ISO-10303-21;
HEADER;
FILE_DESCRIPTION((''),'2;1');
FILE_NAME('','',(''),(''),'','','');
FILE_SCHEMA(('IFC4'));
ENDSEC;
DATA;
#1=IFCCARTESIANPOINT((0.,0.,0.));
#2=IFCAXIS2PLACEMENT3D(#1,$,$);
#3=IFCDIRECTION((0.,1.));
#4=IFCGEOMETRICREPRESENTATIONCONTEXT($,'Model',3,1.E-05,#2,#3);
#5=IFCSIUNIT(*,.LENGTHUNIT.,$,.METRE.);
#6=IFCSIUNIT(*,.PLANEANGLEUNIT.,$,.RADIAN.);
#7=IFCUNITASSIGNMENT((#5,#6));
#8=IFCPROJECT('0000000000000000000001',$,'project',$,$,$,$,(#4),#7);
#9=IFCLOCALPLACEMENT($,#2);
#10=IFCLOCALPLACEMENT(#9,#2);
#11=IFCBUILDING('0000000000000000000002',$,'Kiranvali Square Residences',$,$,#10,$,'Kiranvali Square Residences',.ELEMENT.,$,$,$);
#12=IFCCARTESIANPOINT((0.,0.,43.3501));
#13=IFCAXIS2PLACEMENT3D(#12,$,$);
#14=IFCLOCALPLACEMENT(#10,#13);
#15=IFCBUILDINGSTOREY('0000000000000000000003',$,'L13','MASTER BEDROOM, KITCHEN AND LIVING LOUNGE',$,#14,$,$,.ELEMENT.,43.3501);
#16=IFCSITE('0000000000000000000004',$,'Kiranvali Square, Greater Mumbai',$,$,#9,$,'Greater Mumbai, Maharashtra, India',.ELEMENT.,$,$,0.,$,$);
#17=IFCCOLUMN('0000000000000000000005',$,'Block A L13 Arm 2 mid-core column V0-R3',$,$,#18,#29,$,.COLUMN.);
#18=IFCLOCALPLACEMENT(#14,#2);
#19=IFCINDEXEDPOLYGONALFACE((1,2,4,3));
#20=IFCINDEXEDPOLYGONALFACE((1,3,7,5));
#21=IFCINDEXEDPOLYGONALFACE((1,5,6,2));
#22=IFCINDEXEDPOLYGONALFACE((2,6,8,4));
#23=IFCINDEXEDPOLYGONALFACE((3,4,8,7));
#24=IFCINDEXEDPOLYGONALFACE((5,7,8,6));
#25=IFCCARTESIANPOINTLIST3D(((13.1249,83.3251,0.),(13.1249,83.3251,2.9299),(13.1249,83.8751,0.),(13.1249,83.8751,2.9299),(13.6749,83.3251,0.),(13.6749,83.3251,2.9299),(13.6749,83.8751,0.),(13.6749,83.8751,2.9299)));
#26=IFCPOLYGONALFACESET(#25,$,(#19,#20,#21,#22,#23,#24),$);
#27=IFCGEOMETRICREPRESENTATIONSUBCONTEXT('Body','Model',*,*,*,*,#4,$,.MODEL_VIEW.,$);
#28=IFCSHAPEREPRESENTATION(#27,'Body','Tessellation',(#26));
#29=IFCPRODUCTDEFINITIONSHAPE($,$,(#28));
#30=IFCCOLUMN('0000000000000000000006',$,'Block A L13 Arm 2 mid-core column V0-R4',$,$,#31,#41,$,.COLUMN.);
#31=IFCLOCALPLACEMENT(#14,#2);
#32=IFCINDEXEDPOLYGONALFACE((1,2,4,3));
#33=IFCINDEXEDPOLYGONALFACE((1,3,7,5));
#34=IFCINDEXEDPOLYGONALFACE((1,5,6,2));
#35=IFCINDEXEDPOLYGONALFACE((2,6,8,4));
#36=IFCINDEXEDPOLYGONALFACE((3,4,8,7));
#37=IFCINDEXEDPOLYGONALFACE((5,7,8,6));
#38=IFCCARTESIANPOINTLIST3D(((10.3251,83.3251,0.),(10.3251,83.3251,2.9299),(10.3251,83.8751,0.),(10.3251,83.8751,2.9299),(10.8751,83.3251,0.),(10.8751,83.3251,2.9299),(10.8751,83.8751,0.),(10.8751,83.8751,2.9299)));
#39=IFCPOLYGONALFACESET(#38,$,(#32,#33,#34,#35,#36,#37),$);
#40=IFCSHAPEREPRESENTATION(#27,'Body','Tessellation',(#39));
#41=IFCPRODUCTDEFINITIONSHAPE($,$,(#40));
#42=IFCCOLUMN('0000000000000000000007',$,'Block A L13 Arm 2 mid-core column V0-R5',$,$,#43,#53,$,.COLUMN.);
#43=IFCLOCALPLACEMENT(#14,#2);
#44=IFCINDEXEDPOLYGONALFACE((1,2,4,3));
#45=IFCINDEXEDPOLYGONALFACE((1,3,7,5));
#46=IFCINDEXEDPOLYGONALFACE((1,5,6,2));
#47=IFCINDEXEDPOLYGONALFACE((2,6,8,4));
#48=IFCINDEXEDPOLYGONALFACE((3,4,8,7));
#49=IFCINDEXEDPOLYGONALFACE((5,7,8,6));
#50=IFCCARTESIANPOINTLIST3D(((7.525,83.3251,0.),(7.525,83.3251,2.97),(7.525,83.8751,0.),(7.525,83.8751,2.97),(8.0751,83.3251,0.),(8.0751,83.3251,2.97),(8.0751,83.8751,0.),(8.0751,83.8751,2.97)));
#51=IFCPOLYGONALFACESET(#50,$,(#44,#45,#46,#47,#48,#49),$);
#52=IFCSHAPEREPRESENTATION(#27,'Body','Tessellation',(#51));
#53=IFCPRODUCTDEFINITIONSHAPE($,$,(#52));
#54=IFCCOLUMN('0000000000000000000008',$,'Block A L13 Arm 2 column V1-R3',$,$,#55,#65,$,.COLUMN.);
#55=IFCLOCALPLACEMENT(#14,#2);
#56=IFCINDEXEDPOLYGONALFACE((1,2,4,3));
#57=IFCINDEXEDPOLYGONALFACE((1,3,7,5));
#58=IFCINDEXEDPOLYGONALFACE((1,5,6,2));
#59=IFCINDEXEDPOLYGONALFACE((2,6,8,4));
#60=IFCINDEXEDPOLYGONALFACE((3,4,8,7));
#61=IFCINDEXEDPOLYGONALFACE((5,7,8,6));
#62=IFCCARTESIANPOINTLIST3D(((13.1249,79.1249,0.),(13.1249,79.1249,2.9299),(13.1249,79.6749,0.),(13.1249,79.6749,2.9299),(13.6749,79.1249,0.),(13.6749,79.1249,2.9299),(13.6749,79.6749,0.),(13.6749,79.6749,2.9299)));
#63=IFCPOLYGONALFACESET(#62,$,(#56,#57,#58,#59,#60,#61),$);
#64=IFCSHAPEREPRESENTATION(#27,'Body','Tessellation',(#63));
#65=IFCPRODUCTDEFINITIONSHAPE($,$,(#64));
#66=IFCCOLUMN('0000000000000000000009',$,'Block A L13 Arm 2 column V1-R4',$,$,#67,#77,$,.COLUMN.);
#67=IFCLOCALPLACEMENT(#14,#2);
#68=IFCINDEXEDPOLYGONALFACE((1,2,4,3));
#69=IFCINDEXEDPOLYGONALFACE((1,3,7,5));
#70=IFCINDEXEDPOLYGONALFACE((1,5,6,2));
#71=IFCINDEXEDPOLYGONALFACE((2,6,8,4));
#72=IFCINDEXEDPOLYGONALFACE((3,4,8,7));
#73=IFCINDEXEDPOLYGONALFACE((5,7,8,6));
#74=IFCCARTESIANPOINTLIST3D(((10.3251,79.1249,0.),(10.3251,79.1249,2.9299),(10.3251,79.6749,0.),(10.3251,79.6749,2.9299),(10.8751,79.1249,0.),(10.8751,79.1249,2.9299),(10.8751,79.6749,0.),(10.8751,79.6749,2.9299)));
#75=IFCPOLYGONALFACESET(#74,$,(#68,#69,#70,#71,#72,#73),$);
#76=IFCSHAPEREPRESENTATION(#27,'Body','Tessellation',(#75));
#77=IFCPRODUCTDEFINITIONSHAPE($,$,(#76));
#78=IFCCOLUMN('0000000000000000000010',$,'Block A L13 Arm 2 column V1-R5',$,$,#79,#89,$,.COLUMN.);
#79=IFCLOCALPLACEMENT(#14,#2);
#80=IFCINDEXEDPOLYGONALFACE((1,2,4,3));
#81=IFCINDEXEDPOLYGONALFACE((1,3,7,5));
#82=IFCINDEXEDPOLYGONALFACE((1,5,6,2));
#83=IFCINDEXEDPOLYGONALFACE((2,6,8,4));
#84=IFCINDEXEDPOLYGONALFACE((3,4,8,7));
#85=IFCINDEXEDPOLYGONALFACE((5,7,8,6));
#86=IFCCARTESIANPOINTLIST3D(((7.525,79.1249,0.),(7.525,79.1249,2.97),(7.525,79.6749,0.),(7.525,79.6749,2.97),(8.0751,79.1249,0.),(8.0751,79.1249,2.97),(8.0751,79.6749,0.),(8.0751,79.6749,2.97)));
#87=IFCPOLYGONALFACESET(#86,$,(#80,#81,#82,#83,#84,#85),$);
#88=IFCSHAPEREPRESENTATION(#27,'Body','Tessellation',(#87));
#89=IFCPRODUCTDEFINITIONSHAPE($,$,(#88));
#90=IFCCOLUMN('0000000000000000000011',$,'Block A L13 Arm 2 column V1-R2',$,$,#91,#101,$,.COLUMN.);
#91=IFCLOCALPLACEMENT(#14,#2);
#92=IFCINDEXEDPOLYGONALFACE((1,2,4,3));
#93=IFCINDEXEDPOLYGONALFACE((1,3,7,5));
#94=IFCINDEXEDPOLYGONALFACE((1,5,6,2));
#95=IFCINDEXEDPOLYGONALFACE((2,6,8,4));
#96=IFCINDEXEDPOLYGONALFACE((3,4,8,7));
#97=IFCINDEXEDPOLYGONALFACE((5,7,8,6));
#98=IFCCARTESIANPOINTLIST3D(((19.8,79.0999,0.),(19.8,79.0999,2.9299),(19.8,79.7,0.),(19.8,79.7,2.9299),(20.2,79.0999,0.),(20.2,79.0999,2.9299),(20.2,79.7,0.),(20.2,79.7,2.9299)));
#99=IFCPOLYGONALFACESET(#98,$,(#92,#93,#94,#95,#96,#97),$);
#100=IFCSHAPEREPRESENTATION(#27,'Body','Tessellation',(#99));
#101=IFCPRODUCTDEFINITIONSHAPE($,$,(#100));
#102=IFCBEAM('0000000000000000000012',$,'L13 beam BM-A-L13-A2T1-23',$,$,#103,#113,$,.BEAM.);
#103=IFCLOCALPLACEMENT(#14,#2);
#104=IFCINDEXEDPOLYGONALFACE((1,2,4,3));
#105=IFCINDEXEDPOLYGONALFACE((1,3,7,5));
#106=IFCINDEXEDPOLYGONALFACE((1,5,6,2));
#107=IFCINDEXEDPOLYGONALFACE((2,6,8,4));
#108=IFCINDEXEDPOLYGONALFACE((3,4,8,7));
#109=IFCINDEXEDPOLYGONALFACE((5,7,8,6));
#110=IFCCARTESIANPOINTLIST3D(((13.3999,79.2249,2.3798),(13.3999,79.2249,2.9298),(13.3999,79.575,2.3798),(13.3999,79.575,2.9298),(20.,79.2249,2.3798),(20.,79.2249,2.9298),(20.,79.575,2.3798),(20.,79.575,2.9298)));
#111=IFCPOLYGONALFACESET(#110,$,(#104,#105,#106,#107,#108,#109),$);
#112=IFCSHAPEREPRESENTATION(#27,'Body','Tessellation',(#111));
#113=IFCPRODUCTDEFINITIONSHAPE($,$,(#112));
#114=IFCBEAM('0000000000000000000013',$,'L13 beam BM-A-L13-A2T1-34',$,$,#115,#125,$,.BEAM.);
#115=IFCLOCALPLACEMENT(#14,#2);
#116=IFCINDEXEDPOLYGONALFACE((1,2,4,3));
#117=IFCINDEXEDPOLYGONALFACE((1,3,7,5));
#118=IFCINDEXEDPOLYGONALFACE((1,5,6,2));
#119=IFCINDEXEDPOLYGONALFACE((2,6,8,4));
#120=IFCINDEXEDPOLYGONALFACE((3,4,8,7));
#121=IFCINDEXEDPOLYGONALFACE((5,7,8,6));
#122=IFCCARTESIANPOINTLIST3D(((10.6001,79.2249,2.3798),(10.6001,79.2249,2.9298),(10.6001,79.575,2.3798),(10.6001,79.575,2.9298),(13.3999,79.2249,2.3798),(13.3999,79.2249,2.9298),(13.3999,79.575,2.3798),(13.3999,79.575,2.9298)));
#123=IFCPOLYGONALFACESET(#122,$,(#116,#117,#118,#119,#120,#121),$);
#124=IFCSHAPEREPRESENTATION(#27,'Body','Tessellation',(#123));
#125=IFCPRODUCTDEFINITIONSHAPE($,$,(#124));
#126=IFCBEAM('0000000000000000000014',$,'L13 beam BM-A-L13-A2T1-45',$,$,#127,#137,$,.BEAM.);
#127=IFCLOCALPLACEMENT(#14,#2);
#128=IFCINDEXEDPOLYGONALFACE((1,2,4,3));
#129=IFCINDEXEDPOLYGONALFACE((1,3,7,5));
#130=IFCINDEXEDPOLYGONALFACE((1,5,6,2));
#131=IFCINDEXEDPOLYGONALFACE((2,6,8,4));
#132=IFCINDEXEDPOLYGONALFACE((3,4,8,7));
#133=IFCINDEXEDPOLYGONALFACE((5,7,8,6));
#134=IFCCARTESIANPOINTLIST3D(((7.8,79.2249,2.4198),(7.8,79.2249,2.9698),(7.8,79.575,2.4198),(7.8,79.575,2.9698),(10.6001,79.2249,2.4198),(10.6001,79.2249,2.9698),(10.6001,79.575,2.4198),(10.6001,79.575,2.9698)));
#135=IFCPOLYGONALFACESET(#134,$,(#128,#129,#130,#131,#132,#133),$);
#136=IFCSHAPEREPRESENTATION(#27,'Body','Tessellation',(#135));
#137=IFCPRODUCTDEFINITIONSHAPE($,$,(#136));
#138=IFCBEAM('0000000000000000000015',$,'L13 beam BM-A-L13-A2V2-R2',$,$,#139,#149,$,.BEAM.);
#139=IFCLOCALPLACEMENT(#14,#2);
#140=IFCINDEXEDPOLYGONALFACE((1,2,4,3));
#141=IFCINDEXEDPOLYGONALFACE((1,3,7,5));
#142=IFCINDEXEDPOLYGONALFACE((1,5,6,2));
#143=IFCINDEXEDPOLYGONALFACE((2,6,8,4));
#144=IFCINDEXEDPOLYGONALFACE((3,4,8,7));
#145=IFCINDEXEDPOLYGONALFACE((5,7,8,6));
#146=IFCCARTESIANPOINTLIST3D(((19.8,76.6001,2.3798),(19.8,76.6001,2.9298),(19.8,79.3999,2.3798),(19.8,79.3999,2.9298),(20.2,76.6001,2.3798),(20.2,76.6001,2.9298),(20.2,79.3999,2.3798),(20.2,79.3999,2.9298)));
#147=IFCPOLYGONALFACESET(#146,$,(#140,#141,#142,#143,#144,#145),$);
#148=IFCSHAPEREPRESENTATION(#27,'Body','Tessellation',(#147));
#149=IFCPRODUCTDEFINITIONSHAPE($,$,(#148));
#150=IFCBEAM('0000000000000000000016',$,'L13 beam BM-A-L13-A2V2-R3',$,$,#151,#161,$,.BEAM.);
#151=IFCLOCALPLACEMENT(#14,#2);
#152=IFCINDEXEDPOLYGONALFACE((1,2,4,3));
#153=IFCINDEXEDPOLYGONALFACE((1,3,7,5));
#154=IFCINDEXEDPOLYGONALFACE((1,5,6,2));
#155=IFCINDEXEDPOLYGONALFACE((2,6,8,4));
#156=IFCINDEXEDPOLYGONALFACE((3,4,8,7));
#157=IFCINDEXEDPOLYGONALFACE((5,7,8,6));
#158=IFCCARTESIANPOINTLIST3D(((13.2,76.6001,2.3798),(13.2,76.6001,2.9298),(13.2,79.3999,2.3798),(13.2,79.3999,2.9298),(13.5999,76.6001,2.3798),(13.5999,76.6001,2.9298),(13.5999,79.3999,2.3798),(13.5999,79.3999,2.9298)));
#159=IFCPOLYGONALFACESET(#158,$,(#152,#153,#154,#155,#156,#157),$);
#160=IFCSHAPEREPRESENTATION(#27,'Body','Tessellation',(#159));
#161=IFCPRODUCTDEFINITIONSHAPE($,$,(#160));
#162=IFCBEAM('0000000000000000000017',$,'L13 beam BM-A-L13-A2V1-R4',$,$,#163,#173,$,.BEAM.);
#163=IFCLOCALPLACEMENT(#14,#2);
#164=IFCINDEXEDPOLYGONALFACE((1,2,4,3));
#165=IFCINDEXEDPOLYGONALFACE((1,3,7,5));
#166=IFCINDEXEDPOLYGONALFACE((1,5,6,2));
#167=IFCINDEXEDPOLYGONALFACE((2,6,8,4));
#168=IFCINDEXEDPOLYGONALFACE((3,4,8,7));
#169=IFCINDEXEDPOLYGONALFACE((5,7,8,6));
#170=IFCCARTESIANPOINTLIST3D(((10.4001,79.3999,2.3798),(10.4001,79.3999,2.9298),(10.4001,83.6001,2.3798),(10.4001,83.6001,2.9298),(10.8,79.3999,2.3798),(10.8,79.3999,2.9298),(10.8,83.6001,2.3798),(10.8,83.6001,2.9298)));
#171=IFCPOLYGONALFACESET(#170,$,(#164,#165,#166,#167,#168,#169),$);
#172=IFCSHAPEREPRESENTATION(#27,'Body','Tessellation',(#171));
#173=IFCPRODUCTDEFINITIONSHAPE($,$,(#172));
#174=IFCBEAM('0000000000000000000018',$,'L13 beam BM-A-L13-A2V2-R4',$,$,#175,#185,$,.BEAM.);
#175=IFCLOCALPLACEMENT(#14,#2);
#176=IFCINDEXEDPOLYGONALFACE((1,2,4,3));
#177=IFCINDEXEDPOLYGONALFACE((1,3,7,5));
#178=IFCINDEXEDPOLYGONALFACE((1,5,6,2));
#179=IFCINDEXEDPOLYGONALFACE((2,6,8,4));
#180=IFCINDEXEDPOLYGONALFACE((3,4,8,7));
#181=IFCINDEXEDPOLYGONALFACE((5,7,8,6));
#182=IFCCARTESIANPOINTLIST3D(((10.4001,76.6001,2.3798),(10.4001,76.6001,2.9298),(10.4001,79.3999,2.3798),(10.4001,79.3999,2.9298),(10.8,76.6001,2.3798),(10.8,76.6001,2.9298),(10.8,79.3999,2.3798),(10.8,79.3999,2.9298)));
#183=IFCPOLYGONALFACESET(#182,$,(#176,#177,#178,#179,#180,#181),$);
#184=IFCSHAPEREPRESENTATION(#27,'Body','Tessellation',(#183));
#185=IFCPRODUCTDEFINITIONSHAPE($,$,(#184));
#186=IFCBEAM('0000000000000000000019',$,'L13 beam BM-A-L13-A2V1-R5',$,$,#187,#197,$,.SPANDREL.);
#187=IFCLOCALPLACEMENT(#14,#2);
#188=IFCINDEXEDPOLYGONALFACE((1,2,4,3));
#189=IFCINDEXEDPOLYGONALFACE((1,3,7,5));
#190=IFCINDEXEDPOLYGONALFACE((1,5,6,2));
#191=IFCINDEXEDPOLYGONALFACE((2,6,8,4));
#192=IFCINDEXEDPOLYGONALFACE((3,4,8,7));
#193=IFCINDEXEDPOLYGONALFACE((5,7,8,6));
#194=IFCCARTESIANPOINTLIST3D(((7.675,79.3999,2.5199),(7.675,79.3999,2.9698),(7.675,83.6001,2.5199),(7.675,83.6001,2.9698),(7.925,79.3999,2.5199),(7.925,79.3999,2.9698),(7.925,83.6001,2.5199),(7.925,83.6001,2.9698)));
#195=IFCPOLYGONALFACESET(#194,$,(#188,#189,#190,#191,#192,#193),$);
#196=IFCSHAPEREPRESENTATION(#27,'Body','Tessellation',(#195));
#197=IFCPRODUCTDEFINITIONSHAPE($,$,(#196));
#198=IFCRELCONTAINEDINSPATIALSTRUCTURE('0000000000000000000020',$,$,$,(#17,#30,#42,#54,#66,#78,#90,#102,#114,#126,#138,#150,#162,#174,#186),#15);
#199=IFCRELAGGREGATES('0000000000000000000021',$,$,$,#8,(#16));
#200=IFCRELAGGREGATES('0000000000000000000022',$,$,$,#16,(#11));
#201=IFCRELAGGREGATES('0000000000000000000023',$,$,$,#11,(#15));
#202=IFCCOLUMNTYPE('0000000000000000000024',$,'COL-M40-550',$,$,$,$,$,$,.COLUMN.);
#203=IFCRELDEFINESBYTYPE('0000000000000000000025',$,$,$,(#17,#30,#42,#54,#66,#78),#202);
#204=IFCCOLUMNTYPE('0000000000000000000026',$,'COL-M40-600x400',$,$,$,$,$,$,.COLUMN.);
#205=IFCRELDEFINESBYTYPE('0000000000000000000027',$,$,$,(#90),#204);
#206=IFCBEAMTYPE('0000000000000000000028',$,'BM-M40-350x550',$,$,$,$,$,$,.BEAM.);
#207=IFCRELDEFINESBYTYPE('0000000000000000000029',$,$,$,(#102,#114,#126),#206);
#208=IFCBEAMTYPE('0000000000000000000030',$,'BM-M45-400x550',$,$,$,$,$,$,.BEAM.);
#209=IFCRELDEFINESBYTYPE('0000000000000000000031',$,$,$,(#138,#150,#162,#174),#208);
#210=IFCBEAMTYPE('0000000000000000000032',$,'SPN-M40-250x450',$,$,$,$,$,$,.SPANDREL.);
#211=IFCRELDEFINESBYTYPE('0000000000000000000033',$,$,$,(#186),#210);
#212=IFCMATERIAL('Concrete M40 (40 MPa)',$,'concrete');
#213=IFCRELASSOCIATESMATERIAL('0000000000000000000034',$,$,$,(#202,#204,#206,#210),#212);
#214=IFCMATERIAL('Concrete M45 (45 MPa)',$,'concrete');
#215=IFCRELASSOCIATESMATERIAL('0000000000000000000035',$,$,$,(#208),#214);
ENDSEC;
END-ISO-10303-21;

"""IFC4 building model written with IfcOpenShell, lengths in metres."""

from ifc_helpers import new_model, si_unit, direction, frame, origin, origin_2d, place, context, subcontext, project, spatial, rectangle, extrude, material, material_profile, profile_set, type_object, element, save


model = new_model("IFC4")

# Units and contexts
model_context = context("Model", 3, precision=1e-05, world=origin(), true_north=direction((0.0, 1.0)))
body_context = subcontext(model_context, "Body", "Model", "MODEL_VIEW")
ifc_project = project(units=[si_unit("LENGTHUNIT", "METRE"), si_unit("PLANEANGLEUNIT", "RADIAN")], contexts=[model_context])

# Site, building, storey
site_placement = place(None, origin())
site = spatial("IfcSite", under=ifc_project, at=site_placement, Name="Kiranvali Square, Greater Mumbai", LongName="Greater Mumbai, Maharashtra, India", CompositionType="ELEMENT", RefElevation=0.0)
building_placement = place(site_placement, origin())
building = spatial("IfcBuilding", under=site, at=building_placement, Name="Kiranvali Square Residences", LongName="Kiranvali Square Residences", CompositionType="ELEMENT")
storey_placement = place(building_placement, frame((0.0, 0.0, 43.3501)))
storey = spatial("IfcBuildingStorey", under=building, at=storey_placement, Name="L13", Description="MASTER BEDROOM, KITCHEN AND LIVING LOUNGE", CompositionType="ELEMENT", Elevation=43.3501)

# Columns
ifc_material_1 = material(Name="Concrete M40 (40 MPa)", Category="concrete")
ifc_material_profile_1 = material_profile(ifc_material_1, rectangle(XDim=0.55, YDim=0.55, at=origin_2d()), Name="RC 550x550")
ifc_profile_set_1 = profile_set([ifc_material_profile_1], Name="Concrete M40 (40 MPa)")
column_type_1 = type_object("IfcColumnType", Name="COL-M40-550", PredefinedType="COLUMN", material=ifc_profile_set_1)
for number, where, z_axis, x_axis, name in (
    (1, (13.3999, 83.6001, 0.0), (0.0, 0.0, 1.0), (1.0, 0.0, 0.0), "Block A L13 Arm 2 mid-core column V0-R3"),
    (2, (10.6001, 83.6001, 0.0), (0.0, 0.0, 1.0), (1.0, 0.0, 0.0), "Block A L13 Arm 2 mid-core column V0-R4"),
):
    element("IfcColumn", number, at=place(storey_placement, frame(where, z_axis=z_axis, x_axis=x_axis)), inside=storey, type_object=column_type_1, Name=name, PredefinedType="COLUMN", context=body_context, shape_type="SweptSolid", body=[
        extrude(rectangle(XDim=0.55, YDim=0.55, at=origin_2d()), origin(), (0.0, 0.0, 1.0), 2.9299),
    ])
column_1_placement = place(storey_placement, frame((7.8, 83.6001, 0.0), z_axis=(0.0, 0.0, 1.0), x_axis=(1.0, 0.0, 0.0)))
element("IfcColumn", 3, at=column_1_placement, inside=storey, type_object=column_type_1, Name="Block A L13 Arm 2 mid-core column V0-R5", PredefinedType="COLUMN", context=body_context, shape_type="SweptSolid", body=[
    extrude(rectangle(XDim=0.55, YDim=0.55, at=origin_2d()), origin(), (0.0, 0.0, 1.0), 2.97),
])
for number, where, z_axis, x_axis, name in (
    (4, (13.3999, 79.3999, 0.0), (0.0, 0.0, 1.0), (1.0, 0.0, 0.0), "Block A L13 Arm 2 column V1-R3"),
    (5, (10.6001, 79.3999, 0.0), (0.0, 0.0, 1.0), (1.0, 0.0, 0.0), "Block A L13 Arm 2 column V1-R4"),
):
    element("IfcColumn", number, at=place(storey_placement, frame(where, z_axis=z_axis, x_axis=x_axis)), inside=storey, type_object=column_type_1, Name=name, PredefinedType="COLUMN", context=body_context, shape_type="SweptSolid", body=[
        extrude(rectangle(XDim=0.55, YDim=0.55, at=origin_2d()), origin(), (0.0, 0.0, 1.0), 2.9299),
    ])
column_2_placement = place(storey_placement, frame((7.8, 79.3999, 0.0), z_axis=(0.0, 0.0, 1.0), x_axis=(1.0, 0.0, 0.0)))
element("IfcColumn", 6, at=column_2_placement, inside=storey, type_object=column_type_1, Name="Block A L13 Arm 2 column V1-R5", PredefinedType="COLUMN", context=body_context, shape_type="SweptSolid", body=[
    extrude(rectangle(XDim=0.55, YDim=0.55, at=origin_2d()), origin(), (0.0, 0.0, 1.0), 2.97),
])
ifc_material_profile_2 = material_profile(ifc_material_1, rectangle(XDim=0.3999, YDim=0.6001, at=origin_2d()), Name="RC 600x400")
ifc_profile_set_2 = profile_set([ifc_material_profile_2], Name="Concrete M40 (40 MPa)")
column_type_2 = type_object("IfcColumnType", Name="COL-M40-600x400", PredefinedType="COLUMN", material=ifc_profile_set_2)
column_3_placement = place(storey_placement, frame((20.0, 79.3999, 0.0), z_axis=(0.0, 0.0, 1.0), x_axis=(1.0, 0.0, 0.0)))
element("IfcColumn", 7, at=column_3_placement, inside=storey, type_object=column_type_2, Name="Block A L13 Arm 2 column V1-R2", PredefinedType="COLUMN", context=body_context, shape_type="SweptSolid", body=[
    extrude(rectangle(XDim=0.3999, YDim=0.6001, at=origin_2d()), origin(), (0.0, 0.0, 1.0), 2.9299),
])

# Beams
ifc_material_profile_3 = material_profile(ifc_material_1, rectangle(XDim=0.3501, YDim=0.55, at=origin_2d()), Name="RC 350x550")
ifc_profile_set_3 = profile_set([ifc_material_profile_3], Name="Concrete M40 (40 MPa)")
beam_type_1 = type_object("IfcBeamType", Name="BM-M40-350x550", PredefinedType="BEAM", material=ifc_profile_set_3)
beam_1_placement = place(storey_placement, frame((20.0, 79.3999, 2.6548), z_axis=(-1.0, 0.0, 0.0), x_axis=(0.0, -1.0, 0.0)))
element("IfcBeam", 8, at=beam_1_placement, inside=storey, type_object=beam_type_1, Name="L13 beam BM-A-L13-A2T1-23", PredefinedType="BEAM", context=body_context, shape_type="SweptSolid", body=[
    extrude(rectangle(XDim=0.3501, YDim=0.55, at=origin_2d()), origin(), (0.0, 0.0, 1.0), 6.6001),
])
beam_2_placement = place(storey_placement, frame((13.3999, 79.3999, 2.6548), z_axis=(-1.0, 0.0, 0.0), x_axis=(0.0, -1.0, 0.0)))
element("IfcBeam", 9, at=beam_2_placement, inside=storey, type_object=beam_type_1, Name="L13 beam BM-A-L13-A2T1-34", PredefinedType="BEAM", context=body_context, shape_type="SweptSolid", body=[
    extrude(rectangle(XDim=0.3501, YDim=0.55, at=origin_2d()), origin(), (0.0, 0.0, 1.0), 2.7998),
])
beam_3_placement = place(storey_placement, frame((10.6001, 79.3999, 2.6948), z_axis=(-1.0, 0.0, 0.0), x_axis=(0.0, -1.0, 0.0)))
element("IfcBeam", 10, at=beam_3_placement, inside=storey, type_object=beam_type_1, Name="L13 beam BM-A-L13-A2T1-45", PredefinedType="BEAM", context=body_context, shape_type="SweptSolid", body=[
    extrude(rectangle(XDim=0.3501, YDim=0.55, at=origin_2d()), origin(), (0.0, 0.0, 1.0), 2.8),
])
ifc_material_2 = material(Name="Concrete M45 (45 MPa)", Category="concrete")
ifc_material_profile_4 = material_profile(ifc_material_2, rectangle(XDim=0.3999, YDim=0.55, at=origin_2d()), Name="RC 400x550")
ifc_profile_set_4 = profile_set([ifc_material_profile_4], Name="Concrete M45 (45 MPa)")
beam_type_2 = type_object("IfcBeamType", Name="BM-M45-400x550", PredefinedType="BEAM", material=ifc_profile_set_4)
for number, where, z_axis, x_axis, name in (
    (11, (20.0, 79.3999, 2.6548), (0.0, -1.0, 0.0), (1.0, 0.0, 0.0), "L13 beam BM-A-L13-A2V2-R2"),
    (12, (13.3999, 79.3999, 2.6548), (0.0, -1.0, 0.0), (1.0, 0.0, 0.0), "L13 beam BM-A-L13-A2V2-R3"),
):
    element("IfcBeam", number, at=place(storey_placement, frame(where, z_axis=z_axis, x_axis=x_axis)), inside=storey, type_object=beam_type_2, Name=name, PredefinedType="BEAM", context=body_context, shape_type="SweptSolid", body=[
        extrude(rectangle(XDim=0.3999, YDim=0.55, at=origin_2d()), origin(), (0.0, 0.0, 1.0), 2.7998),
    ])
beam_4_placement = place(storey_placement, frame((10.6001, 83.6001, 2.6548), z_axis=(0.0, -1.0, 0.0), x_axis=(1.0, 0.0, 0.0)))
element("IfcBeam", 13, at=beam_4_placement, inside=storey, type_object=beam_type_2, Name="L13 beam BM-A-L13-A2V1-R4", PredefinedType="BEAM", context=body_context, shape_type="SweptSolid", body=[
    extrude(rectangle(XDim=0.3999, YDim=0.55, at=origin_2d()), origin(), (0.0, 0.0, 1.0), 4.2002),
])
beam_5_placement = place(storey_placement, frame((10.6001, 79.3999, 2.6548), z_axis=(0.0, -1.0, 0.0), x_axis=(1.0, 0.0, 0.0)))
element("IfcBeam", 14, at=beam_5_placement, inside=storey, type_object=beam_type_2, Name="L13 beam BM-A-L13-A2V2-R4", PredefinedType="BEAM", context=body_context, shape_type="SweptSolid", body=[
    extrude(rectangle(XDim=0.3999, YDim=0.55, at=origin_2d()), origin(), (0.0, 0.0, 1.0), 2.7998),
])
ifc_material_profile_5 = material_profile(ifc_material_1, rectangle(XDim=0.25, YDim=0.45, at=origin_2d()), Name="RC 250x450")
ifc_profile_set_5 = profile_set([ifc_material_profile_5], Name="Concrete M40 (40 MPa)")
beam_type_3 = type_object("IfcBeamType", Name="SPN-M40-250x450", PredefinedType="SPANDREL", material=ifc_profile_set_5)
beam_6_placement = place(storey_placement, frame((7.8, 83.6001, 2.7449), z_axis=(0.0, -1.0, 0.0), x_axis=(1.0, 0.0, 0.0)))
element("IfcBeam", 15, at=beam_6_placement, inside=storey, type_object=beam_type_3, Name="L13 beam BM-A-L13-A2V1-R5", PredefinedType="SPANDREL", context=body_context, shape_type="SweptSolid", body=[
    extrude(rectangle(XDim=0.25, YDim=0.45, at=origin_2d()), origin(), (0.0, 0.0, 1.0), 4.2002),
])

save(model, "model.ifc")
